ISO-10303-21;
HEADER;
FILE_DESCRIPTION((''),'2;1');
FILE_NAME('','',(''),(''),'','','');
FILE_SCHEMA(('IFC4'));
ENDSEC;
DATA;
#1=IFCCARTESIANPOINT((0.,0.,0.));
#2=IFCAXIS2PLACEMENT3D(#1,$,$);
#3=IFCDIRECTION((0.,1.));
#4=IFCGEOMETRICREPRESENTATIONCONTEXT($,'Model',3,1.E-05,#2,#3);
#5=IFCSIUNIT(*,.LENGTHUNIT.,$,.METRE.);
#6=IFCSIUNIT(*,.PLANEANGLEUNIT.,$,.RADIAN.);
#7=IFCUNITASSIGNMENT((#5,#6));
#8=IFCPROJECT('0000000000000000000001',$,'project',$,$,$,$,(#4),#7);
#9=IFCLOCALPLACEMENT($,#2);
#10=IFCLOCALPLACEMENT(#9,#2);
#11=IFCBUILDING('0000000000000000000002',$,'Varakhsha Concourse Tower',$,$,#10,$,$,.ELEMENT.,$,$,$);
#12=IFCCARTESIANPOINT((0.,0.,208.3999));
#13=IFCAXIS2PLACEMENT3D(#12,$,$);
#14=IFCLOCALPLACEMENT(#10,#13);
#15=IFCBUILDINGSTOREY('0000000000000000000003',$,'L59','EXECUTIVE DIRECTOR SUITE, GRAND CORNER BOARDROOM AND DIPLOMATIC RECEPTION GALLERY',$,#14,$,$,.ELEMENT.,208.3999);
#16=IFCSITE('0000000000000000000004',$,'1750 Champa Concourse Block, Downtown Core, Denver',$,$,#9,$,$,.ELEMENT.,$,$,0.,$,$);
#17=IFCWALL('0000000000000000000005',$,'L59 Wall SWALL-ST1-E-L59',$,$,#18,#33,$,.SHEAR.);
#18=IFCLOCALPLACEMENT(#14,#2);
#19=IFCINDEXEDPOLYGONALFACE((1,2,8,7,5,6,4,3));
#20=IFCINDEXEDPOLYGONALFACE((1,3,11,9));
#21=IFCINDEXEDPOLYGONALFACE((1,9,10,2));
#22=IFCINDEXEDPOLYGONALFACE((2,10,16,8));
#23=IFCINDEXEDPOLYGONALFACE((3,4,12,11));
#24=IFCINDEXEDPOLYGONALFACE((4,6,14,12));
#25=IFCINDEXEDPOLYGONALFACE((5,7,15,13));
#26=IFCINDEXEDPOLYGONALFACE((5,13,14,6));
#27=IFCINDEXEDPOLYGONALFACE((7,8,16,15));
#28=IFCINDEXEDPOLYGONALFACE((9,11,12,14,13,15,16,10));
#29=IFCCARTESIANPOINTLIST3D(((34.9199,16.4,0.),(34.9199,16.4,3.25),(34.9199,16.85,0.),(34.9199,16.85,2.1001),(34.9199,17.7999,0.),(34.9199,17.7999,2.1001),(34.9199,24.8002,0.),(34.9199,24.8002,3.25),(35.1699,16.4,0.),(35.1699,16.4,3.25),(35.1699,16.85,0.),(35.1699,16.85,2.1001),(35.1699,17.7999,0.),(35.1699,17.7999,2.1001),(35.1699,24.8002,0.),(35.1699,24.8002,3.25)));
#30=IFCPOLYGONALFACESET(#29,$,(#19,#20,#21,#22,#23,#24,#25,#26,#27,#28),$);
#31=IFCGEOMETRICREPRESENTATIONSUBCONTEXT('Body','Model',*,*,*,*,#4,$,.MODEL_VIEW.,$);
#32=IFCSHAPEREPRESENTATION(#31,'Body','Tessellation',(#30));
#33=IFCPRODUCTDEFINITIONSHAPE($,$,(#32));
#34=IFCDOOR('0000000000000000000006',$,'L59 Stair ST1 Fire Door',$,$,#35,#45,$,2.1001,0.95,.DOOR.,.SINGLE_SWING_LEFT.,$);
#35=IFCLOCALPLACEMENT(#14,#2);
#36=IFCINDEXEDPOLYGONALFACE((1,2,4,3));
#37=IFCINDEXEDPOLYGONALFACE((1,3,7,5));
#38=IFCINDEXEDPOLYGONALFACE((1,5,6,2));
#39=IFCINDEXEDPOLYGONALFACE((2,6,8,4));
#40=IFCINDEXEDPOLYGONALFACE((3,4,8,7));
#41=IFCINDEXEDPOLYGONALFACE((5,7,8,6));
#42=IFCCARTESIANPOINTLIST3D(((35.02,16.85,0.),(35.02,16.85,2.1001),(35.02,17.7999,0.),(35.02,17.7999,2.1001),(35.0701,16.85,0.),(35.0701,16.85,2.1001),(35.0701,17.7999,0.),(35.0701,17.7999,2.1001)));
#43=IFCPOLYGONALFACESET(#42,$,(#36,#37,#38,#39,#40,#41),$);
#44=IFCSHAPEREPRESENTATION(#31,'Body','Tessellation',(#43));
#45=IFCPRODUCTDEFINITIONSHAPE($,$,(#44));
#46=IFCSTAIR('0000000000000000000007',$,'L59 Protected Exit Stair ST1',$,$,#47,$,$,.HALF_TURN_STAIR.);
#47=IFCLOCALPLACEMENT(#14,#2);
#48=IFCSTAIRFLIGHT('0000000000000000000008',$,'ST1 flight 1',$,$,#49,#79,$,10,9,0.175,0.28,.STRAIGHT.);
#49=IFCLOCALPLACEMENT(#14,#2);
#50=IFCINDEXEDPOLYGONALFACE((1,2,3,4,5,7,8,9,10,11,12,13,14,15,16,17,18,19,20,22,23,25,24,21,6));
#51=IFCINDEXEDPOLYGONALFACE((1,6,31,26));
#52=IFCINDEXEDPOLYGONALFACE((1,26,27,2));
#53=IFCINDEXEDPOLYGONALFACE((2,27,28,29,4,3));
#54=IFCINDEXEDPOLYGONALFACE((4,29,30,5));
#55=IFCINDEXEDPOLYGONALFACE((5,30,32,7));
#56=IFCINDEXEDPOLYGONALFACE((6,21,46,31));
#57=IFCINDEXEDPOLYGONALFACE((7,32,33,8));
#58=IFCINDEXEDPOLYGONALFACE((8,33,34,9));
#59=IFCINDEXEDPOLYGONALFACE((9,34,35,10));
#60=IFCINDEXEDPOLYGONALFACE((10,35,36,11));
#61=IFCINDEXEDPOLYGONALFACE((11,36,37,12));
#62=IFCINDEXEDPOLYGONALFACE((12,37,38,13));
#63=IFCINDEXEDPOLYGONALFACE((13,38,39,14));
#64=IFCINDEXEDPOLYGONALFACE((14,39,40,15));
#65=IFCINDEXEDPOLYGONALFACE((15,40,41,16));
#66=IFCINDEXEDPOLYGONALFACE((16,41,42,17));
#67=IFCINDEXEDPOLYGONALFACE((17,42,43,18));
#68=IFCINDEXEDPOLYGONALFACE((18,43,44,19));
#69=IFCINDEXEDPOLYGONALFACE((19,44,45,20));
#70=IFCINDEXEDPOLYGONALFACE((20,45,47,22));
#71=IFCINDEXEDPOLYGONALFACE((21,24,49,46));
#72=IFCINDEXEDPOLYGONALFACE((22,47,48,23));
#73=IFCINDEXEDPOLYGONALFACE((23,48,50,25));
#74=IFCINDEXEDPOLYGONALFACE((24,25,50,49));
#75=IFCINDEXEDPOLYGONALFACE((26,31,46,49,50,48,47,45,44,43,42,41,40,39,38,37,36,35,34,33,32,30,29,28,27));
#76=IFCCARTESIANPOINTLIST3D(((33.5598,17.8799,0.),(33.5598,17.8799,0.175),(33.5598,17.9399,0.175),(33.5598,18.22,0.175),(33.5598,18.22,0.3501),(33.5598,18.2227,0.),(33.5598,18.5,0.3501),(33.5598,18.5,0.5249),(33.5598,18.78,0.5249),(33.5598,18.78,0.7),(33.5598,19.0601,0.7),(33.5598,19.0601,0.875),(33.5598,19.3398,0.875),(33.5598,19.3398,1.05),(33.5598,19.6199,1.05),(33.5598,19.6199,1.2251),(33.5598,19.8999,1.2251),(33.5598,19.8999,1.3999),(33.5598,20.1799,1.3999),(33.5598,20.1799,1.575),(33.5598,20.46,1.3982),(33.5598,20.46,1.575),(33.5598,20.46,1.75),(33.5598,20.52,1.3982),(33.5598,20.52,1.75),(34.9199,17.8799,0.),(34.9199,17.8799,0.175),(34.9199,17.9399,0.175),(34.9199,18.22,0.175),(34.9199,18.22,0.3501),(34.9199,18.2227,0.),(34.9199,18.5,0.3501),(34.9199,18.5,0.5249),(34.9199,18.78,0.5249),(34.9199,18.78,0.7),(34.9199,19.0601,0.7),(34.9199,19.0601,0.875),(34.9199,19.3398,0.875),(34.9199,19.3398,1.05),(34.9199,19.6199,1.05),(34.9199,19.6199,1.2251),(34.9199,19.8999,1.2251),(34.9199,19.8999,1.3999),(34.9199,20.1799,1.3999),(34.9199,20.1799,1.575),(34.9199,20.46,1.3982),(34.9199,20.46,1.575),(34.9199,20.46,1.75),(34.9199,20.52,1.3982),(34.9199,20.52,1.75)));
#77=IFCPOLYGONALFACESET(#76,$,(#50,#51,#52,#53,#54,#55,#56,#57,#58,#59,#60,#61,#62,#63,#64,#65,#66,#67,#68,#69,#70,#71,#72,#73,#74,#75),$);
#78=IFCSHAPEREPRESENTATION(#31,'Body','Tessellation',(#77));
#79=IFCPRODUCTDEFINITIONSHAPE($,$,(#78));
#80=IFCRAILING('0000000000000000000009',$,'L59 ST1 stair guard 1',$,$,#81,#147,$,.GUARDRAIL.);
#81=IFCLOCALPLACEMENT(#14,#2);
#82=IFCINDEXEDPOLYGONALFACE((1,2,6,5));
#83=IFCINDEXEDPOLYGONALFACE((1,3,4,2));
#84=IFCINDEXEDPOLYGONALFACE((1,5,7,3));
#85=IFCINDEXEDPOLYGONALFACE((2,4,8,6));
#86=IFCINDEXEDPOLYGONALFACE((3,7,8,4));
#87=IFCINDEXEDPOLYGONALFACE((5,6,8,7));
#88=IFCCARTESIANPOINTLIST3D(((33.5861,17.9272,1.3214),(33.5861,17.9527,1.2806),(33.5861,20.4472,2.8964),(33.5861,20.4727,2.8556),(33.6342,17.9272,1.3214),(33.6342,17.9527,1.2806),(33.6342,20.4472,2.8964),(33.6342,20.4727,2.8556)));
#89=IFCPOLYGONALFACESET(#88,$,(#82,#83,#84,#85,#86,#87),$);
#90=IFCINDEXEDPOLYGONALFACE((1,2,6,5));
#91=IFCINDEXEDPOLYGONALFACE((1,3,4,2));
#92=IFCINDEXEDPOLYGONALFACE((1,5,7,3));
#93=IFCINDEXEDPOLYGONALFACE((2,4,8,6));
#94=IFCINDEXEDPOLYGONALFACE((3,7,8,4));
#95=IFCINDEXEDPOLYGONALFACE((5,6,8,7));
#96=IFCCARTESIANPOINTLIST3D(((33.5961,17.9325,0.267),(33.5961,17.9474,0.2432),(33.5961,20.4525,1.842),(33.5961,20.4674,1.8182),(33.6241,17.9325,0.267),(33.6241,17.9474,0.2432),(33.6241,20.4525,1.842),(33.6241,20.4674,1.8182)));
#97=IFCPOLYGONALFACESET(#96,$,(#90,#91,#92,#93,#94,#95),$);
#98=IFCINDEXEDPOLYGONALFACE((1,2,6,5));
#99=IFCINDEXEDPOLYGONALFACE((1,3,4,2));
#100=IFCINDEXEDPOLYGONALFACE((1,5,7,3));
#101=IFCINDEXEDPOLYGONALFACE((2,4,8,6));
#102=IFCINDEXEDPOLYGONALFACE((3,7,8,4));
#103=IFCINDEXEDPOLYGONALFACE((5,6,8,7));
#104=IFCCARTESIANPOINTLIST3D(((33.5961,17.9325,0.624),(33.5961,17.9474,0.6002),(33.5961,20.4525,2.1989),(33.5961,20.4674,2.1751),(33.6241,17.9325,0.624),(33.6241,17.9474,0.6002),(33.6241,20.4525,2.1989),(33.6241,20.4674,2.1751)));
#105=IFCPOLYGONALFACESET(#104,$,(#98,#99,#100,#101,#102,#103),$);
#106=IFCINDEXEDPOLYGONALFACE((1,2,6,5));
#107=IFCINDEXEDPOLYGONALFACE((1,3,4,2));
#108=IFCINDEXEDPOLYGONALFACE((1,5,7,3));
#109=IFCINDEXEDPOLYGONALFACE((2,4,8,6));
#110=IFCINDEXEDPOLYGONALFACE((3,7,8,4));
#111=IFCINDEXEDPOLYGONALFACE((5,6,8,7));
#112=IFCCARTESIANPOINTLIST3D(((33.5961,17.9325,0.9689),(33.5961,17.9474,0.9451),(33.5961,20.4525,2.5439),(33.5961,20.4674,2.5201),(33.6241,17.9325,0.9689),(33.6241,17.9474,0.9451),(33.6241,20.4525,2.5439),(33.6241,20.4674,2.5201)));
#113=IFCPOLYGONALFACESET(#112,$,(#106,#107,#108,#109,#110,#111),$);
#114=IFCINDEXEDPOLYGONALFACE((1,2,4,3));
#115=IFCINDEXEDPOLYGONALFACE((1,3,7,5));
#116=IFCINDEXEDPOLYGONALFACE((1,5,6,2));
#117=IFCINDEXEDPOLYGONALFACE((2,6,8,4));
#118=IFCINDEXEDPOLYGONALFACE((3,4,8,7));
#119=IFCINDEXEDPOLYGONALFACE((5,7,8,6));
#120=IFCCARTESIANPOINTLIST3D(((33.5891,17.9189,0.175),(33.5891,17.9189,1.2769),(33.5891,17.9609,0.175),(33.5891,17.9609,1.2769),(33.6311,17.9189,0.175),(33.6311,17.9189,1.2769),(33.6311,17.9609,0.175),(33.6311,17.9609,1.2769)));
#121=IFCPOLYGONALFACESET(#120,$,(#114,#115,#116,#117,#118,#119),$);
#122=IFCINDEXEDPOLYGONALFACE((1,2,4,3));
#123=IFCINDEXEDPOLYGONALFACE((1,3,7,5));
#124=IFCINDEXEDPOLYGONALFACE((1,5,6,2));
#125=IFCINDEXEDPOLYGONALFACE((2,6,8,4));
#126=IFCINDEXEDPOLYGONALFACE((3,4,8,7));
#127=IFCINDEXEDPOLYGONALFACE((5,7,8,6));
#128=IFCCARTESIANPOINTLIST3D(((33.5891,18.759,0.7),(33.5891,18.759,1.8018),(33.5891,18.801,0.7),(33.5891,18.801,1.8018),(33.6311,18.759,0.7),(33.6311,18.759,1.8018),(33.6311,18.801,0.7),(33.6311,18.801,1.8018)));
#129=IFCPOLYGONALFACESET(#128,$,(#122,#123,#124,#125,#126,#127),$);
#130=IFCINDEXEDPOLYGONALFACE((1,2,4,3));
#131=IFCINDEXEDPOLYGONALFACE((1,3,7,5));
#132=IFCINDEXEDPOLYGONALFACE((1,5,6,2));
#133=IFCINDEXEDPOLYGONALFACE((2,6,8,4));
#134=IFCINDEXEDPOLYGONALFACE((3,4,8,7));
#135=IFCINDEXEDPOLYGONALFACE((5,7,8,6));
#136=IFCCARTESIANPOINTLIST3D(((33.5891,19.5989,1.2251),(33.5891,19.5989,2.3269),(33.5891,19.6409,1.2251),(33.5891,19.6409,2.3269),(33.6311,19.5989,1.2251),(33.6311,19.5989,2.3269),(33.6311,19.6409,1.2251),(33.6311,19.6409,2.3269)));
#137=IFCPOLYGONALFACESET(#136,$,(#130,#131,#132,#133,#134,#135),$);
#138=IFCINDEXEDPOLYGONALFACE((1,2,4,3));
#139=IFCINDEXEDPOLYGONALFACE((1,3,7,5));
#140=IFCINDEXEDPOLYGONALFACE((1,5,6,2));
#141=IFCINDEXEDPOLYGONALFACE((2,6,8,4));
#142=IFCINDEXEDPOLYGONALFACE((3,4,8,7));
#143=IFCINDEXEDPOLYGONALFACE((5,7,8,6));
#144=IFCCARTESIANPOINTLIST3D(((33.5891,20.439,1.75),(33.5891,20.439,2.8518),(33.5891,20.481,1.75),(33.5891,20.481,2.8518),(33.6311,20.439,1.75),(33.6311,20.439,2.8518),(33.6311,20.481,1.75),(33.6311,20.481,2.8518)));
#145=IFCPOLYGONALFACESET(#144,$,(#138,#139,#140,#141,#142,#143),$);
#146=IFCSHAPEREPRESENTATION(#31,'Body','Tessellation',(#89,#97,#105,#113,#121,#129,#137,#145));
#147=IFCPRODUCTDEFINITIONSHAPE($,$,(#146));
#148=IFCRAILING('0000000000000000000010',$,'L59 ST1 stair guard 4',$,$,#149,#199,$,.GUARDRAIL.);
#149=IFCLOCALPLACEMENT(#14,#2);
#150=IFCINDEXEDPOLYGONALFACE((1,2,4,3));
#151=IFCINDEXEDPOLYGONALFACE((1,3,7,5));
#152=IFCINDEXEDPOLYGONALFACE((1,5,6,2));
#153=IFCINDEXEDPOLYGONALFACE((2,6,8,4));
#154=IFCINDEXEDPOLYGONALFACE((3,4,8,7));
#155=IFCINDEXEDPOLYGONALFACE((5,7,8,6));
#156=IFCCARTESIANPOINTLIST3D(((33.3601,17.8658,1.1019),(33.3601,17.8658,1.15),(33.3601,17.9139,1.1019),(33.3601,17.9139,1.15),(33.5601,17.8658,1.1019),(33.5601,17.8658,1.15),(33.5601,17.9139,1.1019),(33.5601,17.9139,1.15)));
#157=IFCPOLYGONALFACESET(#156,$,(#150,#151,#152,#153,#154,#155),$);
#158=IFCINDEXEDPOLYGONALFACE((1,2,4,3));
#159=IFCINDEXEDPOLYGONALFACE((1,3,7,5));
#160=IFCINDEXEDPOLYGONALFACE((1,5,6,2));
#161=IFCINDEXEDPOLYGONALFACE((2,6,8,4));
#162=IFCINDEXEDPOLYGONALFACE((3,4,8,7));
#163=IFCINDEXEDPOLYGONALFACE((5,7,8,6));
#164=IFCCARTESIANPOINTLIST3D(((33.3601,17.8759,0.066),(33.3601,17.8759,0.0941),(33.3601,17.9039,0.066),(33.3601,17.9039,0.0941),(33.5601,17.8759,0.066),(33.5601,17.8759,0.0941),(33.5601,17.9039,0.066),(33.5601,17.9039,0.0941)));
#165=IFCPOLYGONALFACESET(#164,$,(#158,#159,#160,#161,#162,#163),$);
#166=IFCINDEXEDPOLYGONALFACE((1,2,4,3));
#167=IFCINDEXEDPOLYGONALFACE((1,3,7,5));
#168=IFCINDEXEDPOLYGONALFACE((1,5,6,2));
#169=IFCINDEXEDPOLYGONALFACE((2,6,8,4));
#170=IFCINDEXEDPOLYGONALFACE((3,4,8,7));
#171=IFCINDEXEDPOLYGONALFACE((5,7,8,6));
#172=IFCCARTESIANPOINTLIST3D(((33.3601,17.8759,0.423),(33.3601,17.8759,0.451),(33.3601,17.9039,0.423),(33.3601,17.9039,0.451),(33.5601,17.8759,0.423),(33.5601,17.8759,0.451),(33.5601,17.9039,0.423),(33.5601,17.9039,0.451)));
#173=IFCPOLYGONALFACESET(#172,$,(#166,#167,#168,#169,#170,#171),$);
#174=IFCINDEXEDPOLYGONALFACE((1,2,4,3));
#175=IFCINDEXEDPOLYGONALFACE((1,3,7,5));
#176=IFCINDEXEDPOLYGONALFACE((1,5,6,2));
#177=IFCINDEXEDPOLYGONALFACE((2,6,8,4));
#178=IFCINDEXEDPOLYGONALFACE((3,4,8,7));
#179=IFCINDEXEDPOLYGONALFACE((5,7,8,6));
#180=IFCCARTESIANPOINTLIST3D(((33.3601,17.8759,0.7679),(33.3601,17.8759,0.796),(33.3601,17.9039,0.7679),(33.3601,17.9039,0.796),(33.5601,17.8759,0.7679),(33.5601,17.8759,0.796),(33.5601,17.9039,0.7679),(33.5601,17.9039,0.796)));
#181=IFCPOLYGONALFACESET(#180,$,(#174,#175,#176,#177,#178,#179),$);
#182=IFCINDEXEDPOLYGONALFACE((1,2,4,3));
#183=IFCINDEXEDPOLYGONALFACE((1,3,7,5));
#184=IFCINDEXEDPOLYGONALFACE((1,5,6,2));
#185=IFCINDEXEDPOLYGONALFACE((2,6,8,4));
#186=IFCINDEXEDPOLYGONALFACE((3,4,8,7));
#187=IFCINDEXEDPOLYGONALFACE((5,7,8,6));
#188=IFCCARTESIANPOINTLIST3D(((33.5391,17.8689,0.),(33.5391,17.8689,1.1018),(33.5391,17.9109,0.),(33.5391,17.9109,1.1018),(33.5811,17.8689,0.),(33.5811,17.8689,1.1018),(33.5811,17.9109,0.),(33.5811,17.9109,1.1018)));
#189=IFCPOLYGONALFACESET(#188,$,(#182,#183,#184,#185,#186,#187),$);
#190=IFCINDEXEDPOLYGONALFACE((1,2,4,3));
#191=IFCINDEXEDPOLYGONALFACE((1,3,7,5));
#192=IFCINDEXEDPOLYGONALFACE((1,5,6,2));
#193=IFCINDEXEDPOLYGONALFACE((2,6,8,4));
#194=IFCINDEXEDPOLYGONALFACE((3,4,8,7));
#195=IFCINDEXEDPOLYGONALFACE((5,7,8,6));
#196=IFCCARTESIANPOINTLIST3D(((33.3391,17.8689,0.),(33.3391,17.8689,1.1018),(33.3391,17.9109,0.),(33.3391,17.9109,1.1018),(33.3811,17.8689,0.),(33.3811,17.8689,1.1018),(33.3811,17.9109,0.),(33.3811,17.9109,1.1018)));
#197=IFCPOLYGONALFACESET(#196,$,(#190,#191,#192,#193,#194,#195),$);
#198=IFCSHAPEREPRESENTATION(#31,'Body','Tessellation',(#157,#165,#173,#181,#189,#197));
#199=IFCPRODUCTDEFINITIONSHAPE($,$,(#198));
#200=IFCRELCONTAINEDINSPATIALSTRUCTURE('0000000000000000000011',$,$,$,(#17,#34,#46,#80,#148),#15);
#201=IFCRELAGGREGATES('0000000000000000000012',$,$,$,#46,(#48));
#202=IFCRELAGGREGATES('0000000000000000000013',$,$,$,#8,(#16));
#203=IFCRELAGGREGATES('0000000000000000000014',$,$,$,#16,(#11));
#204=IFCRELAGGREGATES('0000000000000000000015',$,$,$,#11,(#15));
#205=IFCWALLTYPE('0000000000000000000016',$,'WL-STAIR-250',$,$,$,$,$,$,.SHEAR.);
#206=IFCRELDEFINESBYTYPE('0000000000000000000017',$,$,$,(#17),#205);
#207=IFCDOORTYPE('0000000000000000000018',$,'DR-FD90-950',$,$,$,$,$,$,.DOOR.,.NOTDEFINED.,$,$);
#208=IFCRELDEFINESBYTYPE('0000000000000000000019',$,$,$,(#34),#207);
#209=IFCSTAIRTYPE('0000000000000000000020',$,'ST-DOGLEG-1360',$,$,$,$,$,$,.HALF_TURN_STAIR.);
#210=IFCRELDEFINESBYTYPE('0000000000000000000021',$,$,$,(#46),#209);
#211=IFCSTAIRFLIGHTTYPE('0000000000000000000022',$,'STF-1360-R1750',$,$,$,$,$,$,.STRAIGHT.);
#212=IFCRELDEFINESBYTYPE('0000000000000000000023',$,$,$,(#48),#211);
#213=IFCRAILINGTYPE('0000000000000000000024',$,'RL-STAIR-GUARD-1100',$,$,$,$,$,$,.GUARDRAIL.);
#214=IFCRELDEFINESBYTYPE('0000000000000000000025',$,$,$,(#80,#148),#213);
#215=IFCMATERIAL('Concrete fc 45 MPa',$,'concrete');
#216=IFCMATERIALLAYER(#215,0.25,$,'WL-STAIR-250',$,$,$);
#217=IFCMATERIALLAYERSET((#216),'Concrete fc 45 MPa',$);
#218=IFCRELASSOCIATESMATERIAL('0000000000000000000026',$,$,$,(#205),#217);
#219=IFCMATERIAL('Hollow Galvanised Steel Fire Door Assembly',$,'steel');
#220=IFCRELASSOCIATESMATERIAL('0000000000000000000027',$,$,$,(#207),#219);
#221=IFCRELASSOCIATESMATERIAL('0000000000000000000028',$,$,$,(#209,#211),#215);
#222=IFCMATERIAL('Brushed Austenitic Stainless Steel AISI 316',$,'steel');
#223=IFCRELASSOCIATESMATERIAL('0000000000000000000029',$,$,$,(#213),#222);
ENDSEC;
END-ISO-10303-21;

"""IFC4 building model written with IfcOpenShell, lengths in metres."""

from ifc_helpers import new_model, si_unit, direction, frame, frame_2d, origin, origin_2d, place, context, subcontext, project, spatial, polyline, rectangle, outline, extrude, material, layer, layer_set, type_object, element, fill, aggregate, save


model = new_model("IFC4")

# Units and contexts
model_context = context("Model", 3, precision=1e-05, world=origin(), true_north=direction((0.0, 1.0)))
body_context = subcontext(model_context, "Body", "Model", "MODEL_VIEW")
ifc_project = project(units=[si_unit("LENGTHUNIT", "METRE"), si_unit("PLANEANGLEUNIT", "RADIAN")], contexts=[model_context])

# Site, building, storey
site_placement = place(None, origin())
site = spatial("IfcSite", under=ifc_project, at=site_placement, Name="1750 Champa Concourse Block, Downtown Core, Denver", CompositionType="ELEMENT", RefElevation=0.0)
building_placement = place(site_placement, origin())
building = spatial("IfcBuilding", under=site, at=building_placement, Name="Varakhsha Concourse Tower", CompositionType="ELEMENT")
storey_placement = place(building_placement, frame((0.0, 0.0, 208.3999)))
storey = spatial("IfcBuildingStorey", under=building, at=storey_placement, Name="L59", Description="EXECUTIVE DIRECTOR SUITE, GRAND CORNER BOARDROOM AND DIPLOMATIC RECEPTION GALLERY", CompositionType="ELEMENT", Elevation=208.3999)

# Shared definitions
ifc_material_1 = material(Name="Hollow Galvanised Steel Fire Door Assembly", Category="steel")

# Wall, opening, door
ifc_material_2 = material(Name="Concrete fc 45 MPa", Category="concrete")
ifc_layer_1 = layer(ifc_material_2, 0.25, Name="WL-STAIR-250")
ifc_layer_set_1 = layer_set([ifc_layer_1], Name="Concrete fc 45 MPa")
wall_type_1 = type_object("IfcWallType", Name="WL-STAIR-250", PredefinedType="SHEAR", material=ifc_layer_set_1)
wall_1_placement = place(storey_placement, frame((35.0449, 16.3999, 0.0), z_axis=(0.0, 0.0, 1.0), x_axis=(0.0, 1.0, 0.0)))
wall_1 = element("IfcWall", 1, at=wall_1_placement, inside=storey, type_object=wall_type_1, Name="L59 Wall SWALL-ST1-E-L59", PredefinedType="SHEAR", context=body_context, shape_type="SweptSolid", body=[
    extrude(rectangle(XDim=8.4001, YDim=0.25, at=frame_2d((4.2002, 0.0))), origin(), (0.0, 0.0, 1.0), 3.25),
])
opening_1_placement = place(wall_1_placement, frame((0.45, 0.0, 0.0)))
opening_1 = element("IfcOpeningElement", 2, at=opening_1_placement, cuts=wall_1, PredefinedType="OPENING", context=body_context, shape_type="SweptSolid", body=[
    extrude(rectangle(XDim=0.95, YDim=2.1001, at=frame_2d((0.4751, 1.05))), frame((0.0, 0.135, 0.0), z_axis=(0.0, -1.0, 0.0), x_axis=(1.0, 0.0, 0.0)), (0.0, 0.0, 1.0), 0.27),
])
door_type_1 = type_object("IfcDoorType", Name="DR-FD90-950", OperationType="NOTDEFINED", PredefinedType="DOOR", material=ifc_material_1)
door_1_placement = place(opening_1_placement, origin())
door_1 = element("IfcDoor", 3, at=door_1_placement, inside=storey, type_object=door_type_1, Name="L59 Stair ST1 Fire Door", OperationType="SINGLE_SWING_LEFT", OverallHeight=2.1001, OverallWidth=0.95, PredefinedType="DOOR", context=body_context, shape_type="SweptSolid", body=[
    extrude(rectangle(XDim=0.95, YDim=2.1001, at=frame_2d((0.4751, 1.05))), frame((0.0, 0.0249, 0.0), z_axis=(0.0, -1.0, 0.0), x_axis=(1.0, 0.0, 0.0)), (0.0, 0.0, 1.0), 0.05),
])
fill(opening_1, door_1)

# Stair, stair flight
stair_type = type_object("IfcStairType", Name="ST-DOGLEG-1360", PredefinedType="HALF_TURN_STAIR", material=ifc_material_2)
stair_placement = place(storey_placement, origin())
stair = element("IfcStair", 4, at=stair_placement, inside=storey, type_object=stair_type, Name="L59 Protected Exit Stair ST1", PredefinedType="HALF_TURN_STAIR")
stair_flight_type = type_object("IfcStairFlightType", Name="STF-1360-R1750", PredefinedType="STRAIGHT", material=ifc_material_2)
stair_flight_placement = place(storey_placement, frame((34.24, 17.9399, 0.0), z_axis=(0.0, 0.0, 1.0), x_axis=(0.0, 1.0, 0.0)))
stair_flight = element("IfcStairFlight", 5, at=stair_flight_placement, type_object=stair_flight_type, Name="ST1 flight 1", NumberOfRisers=10, NumberOfTreads=9, PredefinedType="STRAIGHT", RiserHeight=0.175, TreadLength=0.28, context=body_context, shape_type="SweptSolid", body=[
    extrude(outline(polyline([(-0.0601, 0.0), (-0.0601, 0.175), (0.0, 0.175), (0.28, 0.175), (0.28, 0.3501), (0.5601, 0.3501), (0.5601, 0.5249), (0.8401, 0.5249), (0.8401, 0.7), (1.1201, 0.7), (1.1201, 0.875), (1.3999, 0.875), (1.3999, 1.05), (1.6799, 1.05), (1.6799, 1.2251), (1.96, 1.2251), (1.96, 1.3999), (2.24, 1.3999), (2.24, 1.575), (2.52, 1.575), (2.52, 1.75), (2.5801, 1.75), (2.5801, 1.3982), (2.52, 1.3982), (0.2827, 0.0), (-0.0601, 0.0)])), frame((0.0, 0.6802, 0.0), z_axis=(0.0, -1.0, 0.0), x_axis=(1.0, 0.0, 0.0)), (0.0, 0.0, 1.0), 1.3601),
])
aggregate(stair, [stair_flight])

# Railings
ifc_material_3 = material(Name="Brushed Austenitic Stainless Steel AISI 316", Category="steel")
railing_type_1 = type_object("IfcRailingType", Name="RL-STAIR-GUARD-1100", PredefinedType="GUARDRAIL", material=ifc_material_3)
railing_1_placement = place(storey_placement, frame((33.6101, 17.9399, 0.175)))
element("IfcRailing", 6, at=railing_1_placement, inside=storey, type_object=railing_type_1, Name="L59 ST1 stair guard 1", PredefinedType="GUARDRAIL", context=body_context, shape_type="SweptSolid", body=[
    extrude(rectangle(XDim=0.0481, YDim=0.0481, at=origin_2d()), frame((0.0, 0.0, 1.126), z_axis=(0.0, 0.848008, 0.529984), x_axis=(-1.0, 0.0, 0.0)), (0.0, 0.0, 1.0), 2.9717),
    extrude(rectangle(XDim=0.0281, YDim=0.0281, at=origin_2d()), frame((0.0, 0.0, 0.0801), z_axis=(0.0, 0.848008, 0.529984), x_axis=(-1.0, 0.0, 0.0)), (0.0, 0.0, 1.0), 2.9717),
    extrude(rectangle(XDim=0.0281, YDim=0.0281, at=origin_2d()), frame((0.0, 0.0, 0.437), z_axis=(0.0, 0.848008, 0.529984), x_axis=(-1.0, 0.0, 0.0)), (0.0, 0.0, 1.0), 2.9717),
    extrude(rectangle(XDim=0.0281, YDim=0.0281, at=origin_2d()), frame((0.0, 0.0, 0.782), z_axis=(0.0, 0.848008, 0.529984), x_axis=(-1.0, 0.0, 0.0)), (0.0, 0.0, 1.0), 2.9717),
    extrude(rectangle(XDim=0.042, YDim=0.042, at=origin_2d()), origin(), (0.0, 0.0, 1.0), 1.1018),
    extrude(rectangle(XDim=0.042, YDim=0.042, at=origin_2d()), frame((0.0, 0.8401, 0.5249)), (0.0, 0.0, 1.0), 1.1018),
    extrude(rectangle(XDim=0.042, YDim=0.042, at=origin_2d()), frame((0.0, 1.6799, 1.05)), (0.0, 0.0, 1.0), 1.1018),
    extrude(rectangle(XDim=0.042, YDim=0.042, at=origin_2d()), frame((0.0, 2.52, 1.575)), (0.0, 0.0, 1.0), 1.1018),
])
railing_2_placement = place(storey_placement, frame((33.5601, 17.8899, 0.0)))
element("IfcRailing", 7, at=railing_2_placement, inside=storey, type_object=railing_type_1, Name="L59 ST1 stair guard 4", PredefinedType="GUARDRAIL", context=body_context, shape_type="SweptSolid", body=[
    extrude(rectangle(XDim=0.0481, YDim=0.0481, at=origin_2d()), frame((0.0, 0.0, 1.126), z_axis=(-1.0, 0.0, 0.0), x_axis=(0.0, -1.0, 0.0)), (0.0, 0.0, 1.0), 0.2),
    extrude(rectangle(XDim=0.0281, YDim=0.0281, at=origin_2d()), frame((0.0, 0.0, 0.0801), z_axis=(-1.0, 0.0, 0.0), x_axis=(0.0, -1.0, 0.0)), (0.0, 0.0, 1.0), 0.2),
    extrude(rectangle(XDim=0.0281, YDim=0.0281, at=origin_2d()), frame((0.0, 0.0, 0.437), z_axis=(-1.0, 0.0, 0.0), x_axis=(0.0, -1.0, 0.0)), (0.0, 0.0, 1.0), 0.2),
    extrude(rectangle(XDim=0.0281, YDim=0.0281, at=origin_2d()), frame((0.0, 0.0, 0.782), z_axis=(-1.0, 0.0, 0.0), x_axis=(0.0, -1.0, 0.0)), (0.0, 0.0, 1.0), 0.2),
    extrude(rectangle(XDim=0.042, YDim=0.042, at=origin_2d()), origin(), (0.0, 0.0, 1.0), 1.1018),
    extrude(rectangle(XDim=0.042, YDim=0.042, at=origin_2d()), frame((-0.2, 0.0, 0.0)), (0.0, 0.0, 1.0), 1.1018),
])

save(model, "model.ifc")
